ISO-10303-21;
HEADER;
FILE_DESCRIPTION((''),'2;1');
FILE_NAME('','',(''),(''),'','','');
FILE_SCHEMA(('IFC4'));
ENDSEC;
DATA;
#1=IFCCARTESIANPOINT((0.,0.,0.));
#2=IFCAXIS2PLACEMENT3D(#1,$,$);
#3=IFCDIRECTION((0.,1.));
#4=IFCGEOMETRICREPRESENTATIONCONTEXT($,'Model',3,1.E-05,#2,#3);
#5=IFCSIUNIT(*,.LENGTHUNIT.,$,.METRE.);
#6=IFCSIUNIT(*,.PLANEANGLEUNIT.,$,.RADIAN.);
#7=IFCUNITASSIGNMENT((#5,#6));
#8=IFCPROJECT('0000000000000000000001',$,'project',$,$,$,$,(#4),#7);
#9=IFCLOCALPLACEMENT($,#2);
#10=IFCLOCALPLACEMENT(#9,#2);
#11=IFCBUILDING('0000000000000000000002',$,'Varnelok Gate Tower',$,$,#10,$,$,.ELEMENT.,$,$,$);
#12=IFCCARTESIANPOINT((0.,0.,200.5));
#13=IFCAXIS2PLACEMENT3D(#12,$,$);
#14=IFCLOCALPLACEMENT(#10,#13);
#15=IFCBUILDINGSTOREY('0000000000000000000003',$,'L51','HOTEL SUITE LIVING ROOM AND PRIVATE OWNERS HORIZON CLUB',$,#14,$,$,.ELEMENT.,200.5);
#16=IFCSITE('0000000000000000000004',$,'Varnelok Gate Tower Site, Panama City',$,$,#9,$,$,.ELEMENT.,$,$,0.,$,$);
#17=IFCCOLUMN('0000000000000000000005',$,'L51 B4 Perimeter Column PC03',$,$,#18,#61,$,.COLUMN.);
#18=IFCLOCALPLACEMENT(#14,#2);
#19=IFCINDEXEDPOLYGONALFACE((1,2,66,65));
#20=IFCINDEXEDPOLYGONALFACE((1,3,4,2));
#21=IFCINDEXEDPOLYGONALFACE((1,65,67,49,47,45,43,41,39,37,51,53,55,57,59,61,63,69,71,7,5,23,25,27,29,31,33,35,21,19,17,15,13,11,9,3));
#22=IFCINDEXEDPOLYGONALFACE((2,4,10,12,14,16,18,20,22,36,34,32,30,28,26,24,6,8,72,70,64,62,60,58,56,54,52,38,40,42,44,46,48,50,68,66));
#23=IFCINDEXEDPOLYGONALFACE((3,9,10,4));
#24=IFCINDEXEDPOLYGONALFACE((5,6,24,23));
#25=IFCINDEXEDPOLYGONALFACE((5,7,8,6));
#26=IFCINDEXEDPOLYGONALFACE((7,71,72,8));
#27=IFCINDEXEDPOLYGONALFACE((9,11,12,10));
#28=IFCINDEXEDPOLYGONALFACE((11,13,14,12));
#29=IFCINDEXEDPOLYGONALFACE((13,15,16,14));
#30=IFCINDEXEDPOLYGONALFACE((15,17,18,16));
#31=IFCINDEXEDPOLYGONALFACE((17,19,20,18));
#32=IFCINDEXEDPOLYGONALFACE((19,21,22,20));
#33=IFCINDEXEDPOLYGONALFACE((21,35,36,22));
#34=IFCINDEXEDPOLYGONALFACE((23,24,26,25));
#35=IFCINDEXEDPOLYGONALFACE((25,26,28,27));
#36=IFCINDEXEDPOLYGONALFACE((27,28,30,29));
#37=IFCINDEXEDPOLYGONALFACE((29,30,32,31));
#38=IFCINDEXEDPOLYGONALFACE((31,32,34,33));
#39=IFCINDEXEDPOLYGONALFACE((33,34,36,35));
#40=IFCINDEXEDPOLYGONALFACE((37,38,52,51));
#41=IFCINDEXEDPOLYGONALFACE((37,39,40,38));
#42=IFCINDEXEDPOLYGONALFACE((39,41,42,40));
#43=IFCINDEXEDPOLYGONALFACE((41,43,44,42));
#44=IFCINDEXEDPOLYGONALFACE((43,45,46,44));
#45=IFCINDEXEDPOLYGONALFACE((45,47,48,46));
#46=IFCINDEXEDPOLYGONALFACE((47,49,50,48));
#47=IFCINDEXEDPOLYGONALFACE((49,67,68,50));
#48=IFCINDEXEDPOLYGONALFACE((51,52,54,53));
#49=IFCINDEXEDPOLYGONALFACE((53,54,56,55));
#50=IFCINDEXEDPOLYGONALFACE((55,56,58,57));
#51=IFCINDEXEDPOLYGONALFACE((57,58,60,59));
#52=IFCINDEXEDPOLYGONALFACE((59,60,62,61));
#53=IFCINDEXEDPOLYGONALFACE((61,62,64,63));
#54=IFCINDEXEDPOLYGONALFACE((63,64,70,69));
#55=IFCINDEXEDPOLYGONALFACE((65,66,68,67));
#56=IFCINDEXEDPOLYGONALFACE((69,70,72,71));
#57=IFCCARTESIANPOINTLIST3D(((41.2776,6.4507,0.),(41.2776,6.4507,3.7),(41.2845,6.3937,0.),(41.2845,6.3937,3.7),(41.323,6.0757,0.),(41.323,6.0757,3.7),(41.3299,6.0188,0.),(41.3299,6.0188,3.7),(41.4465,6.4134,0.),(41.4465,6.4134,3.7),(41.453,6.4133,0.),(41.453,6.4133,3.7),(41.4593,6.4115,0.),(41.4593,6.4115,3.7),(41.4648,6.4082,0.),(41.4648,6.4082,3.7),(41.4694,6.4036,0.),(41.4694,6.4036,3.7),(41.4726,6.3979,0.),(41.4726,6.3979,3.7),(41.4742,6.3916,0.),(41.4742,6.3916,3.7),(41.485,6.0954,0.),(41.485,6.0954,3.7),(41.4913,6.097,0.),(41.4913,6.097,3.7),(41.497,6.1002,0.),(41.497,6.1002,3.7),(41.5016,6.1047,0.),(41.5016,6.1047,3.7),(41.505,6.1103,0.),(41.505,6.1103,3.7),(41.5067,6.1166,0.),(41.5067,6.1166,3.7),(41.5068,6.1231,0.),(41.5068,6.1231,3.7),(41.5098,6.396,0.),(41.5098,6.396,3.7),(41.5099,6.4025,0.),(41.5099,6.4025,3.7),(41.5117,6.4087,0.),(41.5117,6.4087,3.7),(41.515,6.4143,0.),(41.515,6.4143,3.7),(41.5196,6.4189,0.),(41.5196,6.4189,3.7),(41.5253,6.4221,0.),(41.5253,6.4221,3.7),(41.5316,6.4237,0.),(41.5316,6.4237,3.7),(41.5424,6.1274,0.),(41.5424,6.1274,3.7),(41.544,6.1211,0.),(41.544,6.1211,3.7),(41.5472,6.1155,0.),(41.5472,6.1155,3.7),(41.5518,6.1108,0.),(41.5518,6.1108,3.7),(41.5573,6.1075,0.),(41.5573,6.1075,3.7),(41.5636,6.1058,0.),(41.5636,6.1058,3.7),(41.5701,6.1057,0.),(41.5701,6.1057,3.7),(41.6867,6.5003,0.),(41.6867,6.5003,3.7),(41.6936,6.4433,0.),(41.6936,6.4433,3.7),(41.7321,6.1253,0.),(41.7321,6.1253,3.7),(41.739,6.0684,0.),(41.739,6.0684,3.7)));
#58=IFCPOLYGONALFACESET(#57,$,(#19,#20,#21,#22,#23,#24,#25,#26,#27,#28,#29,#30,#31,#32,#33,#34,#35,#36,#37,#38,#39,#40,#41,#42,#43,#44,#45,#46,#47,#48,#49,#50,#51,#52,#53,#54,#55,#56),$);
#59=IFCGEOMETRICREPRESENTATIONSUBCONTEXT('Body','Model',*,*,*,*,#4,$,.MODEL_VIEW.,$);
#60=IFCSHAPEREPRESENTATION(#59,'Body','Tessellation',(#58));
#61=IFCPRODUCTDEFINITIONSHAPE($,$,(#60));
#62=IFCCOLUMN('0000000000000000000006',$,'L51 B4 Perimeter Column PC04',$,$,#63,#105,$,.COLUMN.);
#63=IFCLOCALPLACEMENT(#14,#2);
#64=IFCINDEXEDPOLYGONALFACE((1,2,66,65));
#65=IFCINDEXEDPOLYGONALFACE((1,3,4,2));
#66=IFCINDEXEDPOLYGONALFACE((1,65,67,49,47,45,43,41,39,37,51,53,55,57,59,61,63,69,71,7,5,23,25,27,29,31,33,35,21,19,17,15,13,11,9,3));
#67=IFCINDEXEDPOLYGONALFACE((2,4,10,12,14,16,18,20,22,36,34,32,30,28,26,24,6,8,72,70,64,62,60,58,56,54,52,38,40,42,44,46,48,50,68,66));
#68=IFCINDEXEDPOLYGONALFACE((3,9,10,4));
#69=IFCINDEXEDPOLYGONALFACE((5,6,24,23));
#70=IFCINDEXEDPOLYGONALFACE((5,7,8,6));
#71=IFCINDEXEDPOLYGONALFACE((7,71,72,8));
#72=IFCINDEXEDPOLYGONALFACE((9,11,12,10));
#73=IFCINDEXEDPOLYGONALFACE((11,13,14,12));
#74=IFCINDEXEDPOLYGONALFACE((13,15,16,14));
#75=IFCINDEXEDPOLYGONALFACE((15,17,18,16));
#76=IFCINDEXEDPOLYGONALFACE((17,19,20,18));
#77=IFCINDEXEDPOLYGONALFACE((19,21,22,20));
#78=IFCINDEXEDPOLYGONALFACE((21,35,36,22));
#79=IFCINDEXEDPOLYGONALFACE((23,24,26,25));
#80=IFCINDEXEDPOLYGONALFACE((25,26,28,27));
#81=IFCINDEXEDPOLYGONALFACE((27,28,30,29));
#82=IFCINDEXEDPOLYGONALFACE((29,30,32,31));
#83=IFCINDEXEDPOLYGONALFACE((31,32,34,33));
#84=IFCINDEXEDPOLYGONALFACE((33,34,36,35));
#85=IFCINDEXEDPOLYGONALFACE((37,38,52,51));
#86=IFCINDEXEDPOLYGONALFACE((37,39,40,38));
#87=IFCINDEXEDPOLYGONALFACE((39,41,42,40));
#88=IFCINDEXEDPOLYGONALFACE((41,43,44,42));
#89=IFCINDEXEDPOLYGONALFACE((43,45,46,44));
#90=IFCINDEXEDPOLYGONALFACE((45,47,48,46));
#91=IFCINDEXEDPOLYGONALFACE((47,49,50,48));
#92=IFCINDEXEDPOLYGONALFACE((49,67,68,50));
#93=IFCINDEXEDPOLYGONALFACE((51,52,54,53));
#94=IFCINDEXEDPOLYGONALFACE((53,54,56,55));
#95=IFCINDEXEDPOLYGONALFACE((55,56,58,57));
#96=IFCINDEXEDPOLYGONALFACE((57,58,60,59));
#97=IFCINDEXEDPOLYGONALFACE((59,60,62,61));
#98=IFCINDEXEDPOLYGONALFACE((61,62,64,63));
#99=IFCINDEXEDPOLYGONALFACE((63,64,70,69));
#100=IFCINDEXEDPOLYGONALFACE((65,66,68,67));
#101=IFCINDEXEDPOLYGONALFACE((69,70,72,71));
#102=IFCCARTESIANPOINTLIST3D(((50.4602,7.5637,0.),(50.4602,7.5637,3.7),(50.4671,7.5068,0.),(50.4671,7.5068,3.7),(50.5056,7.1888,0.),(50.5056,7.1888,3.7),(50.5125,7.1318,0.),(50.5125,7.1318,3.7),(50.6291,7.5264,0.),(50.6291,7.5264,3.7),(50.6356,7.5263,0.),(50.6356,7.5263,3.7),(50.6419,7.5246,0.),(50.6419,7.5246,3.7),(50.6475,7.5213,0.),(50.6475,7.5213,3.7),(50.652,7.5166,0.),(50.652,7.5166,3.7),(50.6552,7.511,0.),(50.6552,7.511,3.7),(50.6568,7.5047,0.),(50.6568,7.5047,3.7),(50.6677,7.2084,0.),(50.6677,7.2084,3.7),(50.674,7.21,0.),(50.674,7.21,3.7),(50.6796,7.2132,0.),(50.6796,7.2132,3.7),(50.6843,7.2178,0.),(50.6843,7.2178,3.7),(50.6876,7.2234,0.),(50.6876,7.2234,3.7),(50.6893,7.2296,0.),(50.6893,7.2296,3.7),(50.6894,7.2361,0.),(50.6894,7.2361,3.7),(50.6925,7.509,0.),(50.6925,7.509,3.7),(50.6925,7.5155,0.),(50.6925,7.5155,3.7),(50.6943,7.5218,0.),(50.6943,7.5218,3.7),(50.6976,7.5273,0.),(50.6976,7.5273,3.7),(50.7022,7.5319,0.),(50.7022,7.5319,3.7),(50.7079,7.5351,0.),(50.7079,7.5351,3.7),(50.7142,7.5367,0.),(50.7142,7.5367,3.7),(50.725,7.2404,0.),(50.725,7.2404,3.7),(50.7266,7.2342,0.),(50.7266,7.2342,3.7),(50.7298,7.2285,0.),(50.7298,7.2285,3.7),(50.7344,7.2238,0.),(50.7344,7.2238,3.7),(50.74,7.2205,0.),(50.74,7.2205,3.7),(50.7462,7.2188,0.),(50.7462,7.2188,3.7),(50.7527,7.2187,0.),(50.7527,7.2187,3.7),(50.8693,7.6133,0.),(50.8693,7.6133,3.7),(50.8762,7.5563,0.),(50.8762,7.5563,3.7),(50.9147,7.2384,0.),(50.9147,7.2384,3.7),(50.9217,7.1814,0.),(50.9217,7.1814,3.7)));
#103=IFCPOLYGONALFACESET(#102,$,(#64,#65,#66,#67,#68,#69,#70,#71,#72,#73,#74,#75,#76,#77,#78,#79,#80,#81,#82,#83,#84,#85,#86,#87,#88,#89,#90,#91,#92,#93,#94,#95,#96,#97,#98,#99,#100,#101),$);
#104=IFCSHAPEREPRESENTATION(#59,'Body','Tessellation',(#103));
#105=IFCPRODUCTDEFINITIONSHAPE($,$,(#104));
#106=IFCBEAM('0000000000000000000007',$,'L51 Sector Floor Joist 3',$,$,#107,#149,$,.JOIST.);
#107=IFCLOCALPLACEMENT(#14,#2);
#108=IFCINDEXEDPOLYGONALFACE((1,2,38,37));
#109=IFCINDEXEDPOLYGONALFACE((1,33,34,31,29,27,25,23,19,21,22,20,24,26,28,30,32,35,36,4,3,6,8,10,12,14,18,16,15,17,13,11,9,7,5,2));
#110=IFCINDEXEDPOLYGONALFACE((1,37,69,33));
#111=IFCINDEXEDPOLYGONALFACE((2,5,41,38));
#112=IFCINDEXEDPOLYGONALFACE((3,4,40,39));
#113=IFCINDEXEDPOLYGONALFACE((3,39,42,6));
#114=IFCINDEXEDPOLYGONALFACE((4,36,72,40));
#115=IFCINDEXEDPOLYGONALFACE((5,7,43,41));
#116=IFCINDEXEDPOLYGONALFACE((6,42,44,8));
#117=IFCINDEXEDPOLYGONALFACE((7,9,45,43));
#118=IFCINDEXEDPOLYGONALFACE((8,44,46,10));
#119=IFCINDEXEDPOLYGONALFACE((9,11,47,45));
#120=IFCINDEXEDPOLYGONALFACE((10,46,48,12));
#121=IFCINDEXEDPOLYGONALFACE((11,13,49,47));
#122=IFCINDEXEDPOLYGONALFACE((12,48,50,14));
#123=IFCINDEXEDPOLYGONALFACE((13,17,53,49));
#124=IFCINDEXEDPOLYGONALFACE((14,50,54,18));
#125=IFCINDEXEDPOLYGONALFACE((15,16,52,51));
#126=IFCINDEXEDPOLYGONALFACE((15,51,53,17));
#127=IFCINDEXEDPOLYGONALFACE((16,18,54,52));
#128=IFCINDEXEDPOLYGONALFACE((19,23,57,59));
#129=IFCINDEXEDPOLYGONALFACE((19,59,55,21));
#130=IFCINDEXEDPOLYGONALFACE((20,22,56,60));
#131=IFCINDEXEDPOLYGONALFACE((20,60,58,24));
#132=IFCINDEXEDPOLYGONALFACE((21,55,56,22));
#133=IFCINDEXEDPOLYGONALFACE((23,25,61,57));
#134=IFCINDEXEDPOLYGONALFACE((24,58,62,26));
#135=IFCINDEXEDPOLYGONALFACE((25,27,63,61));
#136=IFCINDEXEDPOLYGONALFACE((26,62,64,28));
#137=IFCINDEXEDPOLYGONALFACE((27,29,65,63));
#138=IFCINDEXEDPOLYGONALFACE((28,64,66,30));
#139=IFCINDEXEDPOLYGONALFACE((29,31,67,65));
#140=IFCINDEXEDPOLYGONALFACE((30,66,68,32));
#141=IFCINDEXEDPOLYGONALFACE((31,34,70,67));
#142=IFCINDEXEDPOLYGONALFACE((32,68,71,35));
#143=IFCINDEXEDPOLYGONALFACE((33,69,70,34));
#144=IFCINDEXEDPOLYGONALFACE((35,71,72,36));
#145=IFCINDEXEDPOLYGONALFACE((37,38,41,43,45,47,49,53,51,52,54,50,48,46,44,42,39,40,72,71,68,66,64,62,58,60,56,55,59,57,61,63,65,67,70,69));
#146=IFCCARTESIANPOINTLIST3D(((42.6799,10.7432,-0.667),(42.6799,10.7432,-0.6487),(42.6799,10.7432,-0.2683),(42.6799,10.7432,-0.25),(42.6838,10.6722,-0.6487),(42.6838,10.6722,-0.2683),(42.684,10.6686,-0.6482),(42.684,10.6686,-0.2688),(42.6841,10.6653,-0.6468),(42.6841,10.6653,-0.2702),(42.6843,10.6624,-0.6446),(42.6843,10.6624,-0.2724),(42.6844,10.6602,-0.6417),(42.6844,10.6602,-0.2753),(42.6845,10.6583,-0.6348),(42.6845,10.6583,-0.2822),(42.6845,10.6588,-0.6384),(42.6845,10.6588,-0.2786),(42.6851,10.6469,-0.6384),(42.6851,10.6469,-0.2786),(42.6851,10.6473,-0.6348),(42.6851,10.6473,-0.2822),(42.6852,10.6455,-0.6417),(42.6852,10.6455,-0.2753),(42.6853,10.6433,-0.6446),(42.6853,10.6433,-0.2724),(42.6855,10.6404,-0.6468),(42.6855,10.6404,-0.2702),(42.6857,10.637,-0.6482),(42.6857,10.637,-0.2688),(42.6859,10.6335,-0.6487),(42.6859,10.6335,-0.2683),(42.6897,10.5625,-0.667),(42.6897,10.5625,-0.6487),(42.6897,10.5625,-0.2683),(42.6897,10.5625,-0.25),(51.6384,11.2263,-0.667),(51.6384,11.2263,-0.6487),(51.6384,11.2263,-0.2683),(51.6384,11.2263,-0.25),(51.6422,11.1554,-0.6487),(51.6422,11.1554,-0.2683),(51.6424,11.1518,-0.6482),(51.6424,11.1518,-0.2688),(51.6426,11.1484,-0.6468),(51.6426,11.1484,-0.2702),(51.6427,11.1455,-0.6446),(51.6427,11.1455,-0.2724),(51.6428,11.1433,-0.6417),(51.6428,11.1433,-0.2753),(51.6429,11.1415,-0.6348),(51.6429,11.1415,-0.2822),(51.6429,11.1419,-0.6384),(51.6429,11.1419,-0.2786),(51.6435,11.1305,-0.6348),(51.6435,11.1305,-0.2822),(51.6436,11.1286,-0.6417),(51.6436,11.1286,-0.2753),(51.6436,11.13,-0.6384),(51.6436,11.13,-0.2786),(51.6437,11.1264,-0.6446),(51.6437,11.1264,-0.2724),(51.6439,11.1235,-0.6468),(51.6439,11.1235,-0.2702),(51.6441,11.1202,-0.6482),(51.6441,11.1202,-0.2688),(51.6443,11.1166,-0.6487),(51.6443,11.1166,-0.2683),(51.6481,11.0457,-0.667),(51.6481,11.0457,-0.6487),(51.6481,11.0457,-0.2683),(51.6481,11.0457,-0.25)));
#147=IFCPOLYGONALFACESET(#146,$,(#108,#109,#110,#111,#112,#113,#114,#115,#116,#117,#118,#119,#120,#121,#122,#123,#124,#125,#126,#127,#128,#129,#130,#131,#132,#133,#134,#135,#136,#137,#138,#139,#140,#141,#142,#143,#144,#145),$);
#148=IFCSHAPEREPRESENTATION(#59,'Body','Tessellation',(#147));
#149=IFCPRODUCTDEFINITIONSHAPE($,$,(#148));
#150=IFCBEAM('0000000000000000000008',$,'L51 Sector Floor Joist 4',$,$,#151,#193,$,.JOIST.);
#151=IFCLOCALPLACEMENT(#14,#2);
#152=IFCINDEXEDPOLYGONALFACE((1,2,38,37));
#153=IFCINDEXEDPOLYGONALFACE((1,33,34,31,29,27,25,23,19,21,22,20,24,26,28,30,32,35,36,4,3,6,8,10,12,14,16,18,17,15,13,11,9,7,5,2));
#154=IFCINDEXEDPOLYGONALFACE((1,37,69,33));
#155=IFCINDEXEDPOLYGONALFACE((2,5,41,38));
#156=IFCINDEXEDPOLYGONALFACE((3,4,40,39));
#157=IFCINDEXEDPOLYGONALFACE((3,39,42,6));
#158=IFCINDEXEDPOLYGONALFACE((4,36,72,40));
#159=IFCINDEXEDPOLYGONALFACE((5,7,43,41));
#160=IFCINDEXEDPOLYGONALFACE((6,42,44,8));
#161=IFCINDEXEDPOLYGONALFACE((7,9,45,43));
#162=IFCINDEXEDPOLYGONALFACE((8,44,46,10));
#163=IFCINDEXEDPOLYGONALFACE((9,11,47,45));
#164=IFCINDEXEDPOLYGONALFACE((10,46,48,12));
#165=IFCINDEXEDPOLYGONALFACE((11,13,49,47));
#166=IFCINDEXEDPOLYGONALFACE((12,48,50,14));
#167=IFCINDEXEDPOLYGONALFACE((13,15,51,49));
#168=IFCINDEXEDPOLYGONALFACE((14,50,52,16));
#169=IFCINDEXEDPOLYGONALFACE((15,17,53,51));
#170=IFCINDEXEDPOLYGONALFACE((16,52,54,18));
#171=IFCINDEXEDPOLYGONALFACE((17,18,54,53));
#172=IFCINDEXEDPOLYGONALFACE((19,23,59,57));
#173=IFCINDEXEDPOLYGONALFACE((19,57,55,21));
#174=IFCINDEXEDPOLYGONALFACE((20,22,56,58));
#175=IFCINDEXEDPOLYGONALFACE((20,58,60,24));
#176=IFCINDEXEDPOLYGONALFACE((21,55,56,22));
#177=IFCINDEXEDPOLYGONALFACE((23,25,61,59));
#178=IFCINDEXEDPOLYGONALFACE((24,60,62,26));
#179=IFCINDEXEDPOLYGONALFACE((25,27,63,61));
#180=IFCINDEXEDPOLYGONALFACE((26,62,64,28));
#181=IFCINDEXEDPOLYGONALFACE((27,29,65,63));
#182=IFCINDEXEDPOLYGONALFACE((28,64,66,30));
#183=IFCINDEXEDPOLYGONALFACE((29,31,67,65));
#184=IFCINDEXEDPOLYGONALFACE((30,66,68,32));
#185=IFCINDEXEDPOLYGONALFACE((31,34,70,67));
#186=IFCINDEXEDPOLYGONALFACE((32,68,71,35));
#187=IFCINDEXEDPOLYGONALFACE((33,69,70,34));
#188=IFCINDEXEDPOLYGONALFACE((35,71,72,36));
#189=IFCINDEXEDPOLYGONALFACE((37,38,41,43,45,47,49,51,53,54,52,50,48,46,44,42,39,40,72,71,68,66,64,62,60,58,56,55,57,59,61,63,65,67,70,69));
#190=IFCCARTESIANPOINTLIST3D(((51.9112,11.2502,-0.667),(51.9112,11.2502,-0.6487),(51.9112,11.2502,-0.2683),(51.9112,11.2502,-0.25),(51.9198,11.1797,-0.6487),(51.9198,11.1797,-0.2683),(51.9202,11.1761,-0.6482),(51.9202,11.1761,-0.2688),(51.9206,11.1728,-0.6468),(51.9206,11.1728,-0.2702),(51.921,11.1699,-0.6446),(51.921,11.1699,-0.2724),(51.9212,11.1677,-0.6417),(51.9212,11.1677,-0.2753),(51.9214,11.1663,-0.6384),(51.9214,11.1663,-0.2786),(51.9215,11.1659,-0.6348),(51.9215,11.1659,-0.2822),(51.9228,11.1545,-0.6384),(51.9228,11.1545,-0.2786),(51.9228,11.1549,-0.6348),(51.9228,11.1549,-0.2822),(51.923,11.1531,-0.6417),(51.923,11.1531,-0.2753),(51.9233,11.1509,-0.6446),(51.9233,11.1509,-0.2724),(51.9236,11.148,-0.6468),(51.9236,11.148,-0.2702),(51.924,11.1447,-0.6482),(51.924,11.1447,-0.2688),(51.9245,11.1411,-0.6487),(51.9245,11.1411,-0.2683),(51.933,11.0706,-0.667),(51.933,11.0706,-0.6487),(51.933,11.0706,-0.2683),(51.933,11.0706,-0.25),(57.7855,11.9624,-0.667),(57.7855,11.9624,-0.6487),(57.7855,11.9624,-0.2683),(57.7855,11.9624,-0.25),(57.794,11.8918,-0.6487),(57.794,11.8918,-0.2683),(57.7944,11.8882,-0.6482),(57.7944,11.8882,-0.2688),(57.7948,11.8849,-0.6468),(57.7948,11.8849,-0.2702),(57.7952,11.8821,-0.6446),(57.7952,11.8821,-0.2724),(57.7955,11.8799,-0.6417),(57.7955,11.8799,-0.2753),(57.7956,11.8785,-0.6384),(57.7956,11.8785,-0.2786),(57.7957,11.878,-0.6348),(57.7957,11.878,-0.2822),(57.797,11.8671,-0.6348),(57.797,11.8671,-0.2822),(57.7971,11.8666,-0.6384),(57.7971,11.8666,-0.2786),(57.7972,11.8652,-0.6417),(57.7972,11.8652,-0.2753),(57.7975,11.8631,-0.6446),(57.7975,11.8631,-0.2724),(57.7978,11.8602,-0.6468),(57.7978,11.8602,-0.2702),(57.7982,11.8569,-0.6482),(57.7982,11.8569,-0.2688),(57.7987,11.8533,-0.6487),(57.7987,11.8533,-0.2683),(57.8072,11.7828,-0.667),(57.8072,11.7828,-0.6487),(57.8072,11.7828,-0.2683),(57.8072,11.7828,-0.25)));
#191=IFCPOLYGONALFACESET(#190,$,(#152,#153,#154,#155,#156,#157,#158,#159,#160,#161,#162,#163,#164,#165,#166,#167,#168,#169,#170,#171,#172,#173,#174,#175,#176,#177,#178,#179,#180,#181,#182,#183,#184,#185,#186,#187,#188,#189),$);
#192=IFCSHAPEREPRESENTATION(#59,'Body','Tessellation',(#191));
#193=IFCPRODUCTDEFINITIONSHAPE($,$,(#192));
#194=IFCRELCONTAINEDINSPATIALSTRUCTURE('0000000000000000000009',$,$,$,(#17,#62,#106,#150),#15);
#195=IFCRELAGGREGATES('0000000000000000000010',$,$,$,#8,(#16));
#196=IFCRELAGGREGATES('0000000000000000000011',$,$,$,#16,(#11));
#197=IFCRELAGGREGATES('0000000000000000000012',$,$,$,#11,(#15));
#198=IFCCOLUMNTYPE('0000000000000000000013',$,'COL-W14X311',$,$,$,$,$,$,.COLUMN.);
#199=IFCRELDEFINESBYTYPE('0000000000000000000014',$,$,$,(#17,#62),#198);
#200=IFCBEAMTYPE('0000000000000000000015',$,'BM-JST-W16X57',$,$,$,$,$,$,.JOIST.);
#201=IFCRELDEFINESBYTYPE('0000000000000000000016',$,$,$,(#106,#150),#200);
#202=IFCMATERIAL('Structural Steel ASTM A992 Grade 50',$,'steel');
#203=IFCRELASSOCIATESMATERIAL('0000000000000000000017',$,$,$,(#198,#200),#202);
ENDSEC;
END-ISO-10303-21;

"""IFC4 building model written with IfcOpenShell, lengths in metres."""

from ifc_helpers import new_model, si_unit, direction, frame, origin, origin_2d, place, context, subcontext, project, spatial, i_section, extrude, material, material_profile, profile_set, type_object, element, save


model = new_model("IFC4")

# Units and contexts
model_context = context("Model", 3, precision=1e-05, world=origin(), true_north=direction((0.0, 1.0)))
body_context = subcontext(model_context, "Body", "Model", "MODEL_VIEW")
ifc_project = project(units=[si_unit("LENGTHUNIT", "METRE"), si_unit("PLANEANGLEUNIT", "RADIAN")], contexts=[model_context])

# Site, building, storey
site_placement = place(None, origin())
site = spatial("IfcSite", under=ifc_project, at=site_placement, Name="Varnelok Gate Tower Site, Panama City", CompositionType="ELEMENT", RefElevation=0.0)
building_placement = place(site_placement, origin())
building = spatial("IfcBuilding", under=site, at=building_placement, Name="Varnelok Gate Tower", CompositionType="ELEMENT")
storey_placement = place(building_placement, frame((0.0, 0.0, 200.5)))
storey = spatial("IfcBuildingStorey", under=building, at=storey_placement, Name="L51", Description="HOTEL SUITE LIVING ROOM AND PRIVATE OWNERS HORIZON CLUB", CompositionType="ELEMENT", Elevation=200.5)

# Columns
ifc_material_1 = material(Name="Structural Steel ASTM A992 Grade 50", Category="steel")
ifc_material_profile_1 = material_profile(ifc_material_1, i_section(OverallWidth=0.4121, OverallDepth=0.4351, WebThickness=0.0359, FlangeThickness=0.0574, FilletRadius=0.0249, at=origin_2d()), Name="W14X311")
ifc_profile_set_1 = profile_set([ifc_material_profile_1], Name="Structural Steel ASTM A992 Grade 50")
column_type = type_object("IfcColumnType", Name="COL-W14X311", PredefinedType="COLUMN", material=ifc_profile_set_1)
for number, where, z_axis, x_axis, name in (
    (1, (41.5083, 6.2595, 0.0), (0.0, 0.0, 1.0), (0.992732, 0.120345, 0.0), "L51 B4 Perimeter Column PC03"),
    (2, (50.6909, 7.3726, 0.0), (0.0, 0.0, 1.0), (0.992732, 0.120345, 0.0), "L51 B4 Perimeter Column PC04"),
):
    element("IfcColumn", number, at=place(storey_placement, frame(where, z_axis=z_axis, x_axis=x_axis)), inside=storey, type_object=column_type, Name=name, PredefinedType="COLUMN", context=body_context, shape_type="SweptSolid", body=[
        extrude(i_section(OverallWidth=0.4121, OverallDepth=0.4351, WebThickness=0.0359, FlangeThickness=0.0574, FilletRadius=0.0249, at=origin_2d()), origin(), (0.0, 0.0, 1.0), 3.7),
    ])

# Beams
ifc_material_profile_2 = material_profile(ifc_material_1, i_section(OverallWidth=0.1809, OverallDepth=0.417, WebThickness=0.011, FlangeThickness=0.0183, FilletRadius=0.0139, at=origin_2d()), Name="W16X57")
ifc_profile_set_2 = profile_set([ifc_material_profile_2], Name="Structural Steel ASTM A992 Grade 50")
beam_type_1 = type_object("IfcBeamType", Name="BM-JST-W16X57", PredefinedType="JOIST", material=ifc_profile_set_2)
beam_1_placement = place(storey_placement, frame((42.6848, 10.6528, -0.4585), z_axis=(0.998549, 0.053854, 0.0), x_axis=(-0.053854, 0.998549, 0.0)))
element("IfcBeam", 3, at=beam_1_placement, inside=storey, type_object=beam_type_1, Name="L51 Sector Floor Joist 3", PredefinedType="JOIST", context=body_context, shape_type="SweptSolid", body=[
    extrude(i_section(OverallWidth=0.1809, OverallDepth=0.417, WebThickness=0.011, FlangeThickness=0.0183, FilletRadius=0.0139, at=origin_2d()), origin(), (0.0, 0.0, 1.0), 8.9714),
])
beam_2_placement = place(storey_placement, frame((51.9221, 11.1604, -0.4585), z_axis=(0.992731, 0.120352, 0.0), x_axis=(-0.120352, 0.992731, 0.0)))
element("IfcBeam", 4, at=beam_2_placement, inside=storey, type_object=beam_type_1, Name="L51 Sector Floor Joist 4", PredefinedType="JOIST", context=body_context, shape_type="SweptSolid", body=[
    extrude(i_section(OverallWidth=0.1809, OverallDepth=0.417, WebThickness=0.011, FlangeThickness=0.0183, FilletRadius=0.0139, at=origin_2d()), origin(), (0.0, 0.0, 1.0), 5.9172),
])

save(model, "model.ifc")
